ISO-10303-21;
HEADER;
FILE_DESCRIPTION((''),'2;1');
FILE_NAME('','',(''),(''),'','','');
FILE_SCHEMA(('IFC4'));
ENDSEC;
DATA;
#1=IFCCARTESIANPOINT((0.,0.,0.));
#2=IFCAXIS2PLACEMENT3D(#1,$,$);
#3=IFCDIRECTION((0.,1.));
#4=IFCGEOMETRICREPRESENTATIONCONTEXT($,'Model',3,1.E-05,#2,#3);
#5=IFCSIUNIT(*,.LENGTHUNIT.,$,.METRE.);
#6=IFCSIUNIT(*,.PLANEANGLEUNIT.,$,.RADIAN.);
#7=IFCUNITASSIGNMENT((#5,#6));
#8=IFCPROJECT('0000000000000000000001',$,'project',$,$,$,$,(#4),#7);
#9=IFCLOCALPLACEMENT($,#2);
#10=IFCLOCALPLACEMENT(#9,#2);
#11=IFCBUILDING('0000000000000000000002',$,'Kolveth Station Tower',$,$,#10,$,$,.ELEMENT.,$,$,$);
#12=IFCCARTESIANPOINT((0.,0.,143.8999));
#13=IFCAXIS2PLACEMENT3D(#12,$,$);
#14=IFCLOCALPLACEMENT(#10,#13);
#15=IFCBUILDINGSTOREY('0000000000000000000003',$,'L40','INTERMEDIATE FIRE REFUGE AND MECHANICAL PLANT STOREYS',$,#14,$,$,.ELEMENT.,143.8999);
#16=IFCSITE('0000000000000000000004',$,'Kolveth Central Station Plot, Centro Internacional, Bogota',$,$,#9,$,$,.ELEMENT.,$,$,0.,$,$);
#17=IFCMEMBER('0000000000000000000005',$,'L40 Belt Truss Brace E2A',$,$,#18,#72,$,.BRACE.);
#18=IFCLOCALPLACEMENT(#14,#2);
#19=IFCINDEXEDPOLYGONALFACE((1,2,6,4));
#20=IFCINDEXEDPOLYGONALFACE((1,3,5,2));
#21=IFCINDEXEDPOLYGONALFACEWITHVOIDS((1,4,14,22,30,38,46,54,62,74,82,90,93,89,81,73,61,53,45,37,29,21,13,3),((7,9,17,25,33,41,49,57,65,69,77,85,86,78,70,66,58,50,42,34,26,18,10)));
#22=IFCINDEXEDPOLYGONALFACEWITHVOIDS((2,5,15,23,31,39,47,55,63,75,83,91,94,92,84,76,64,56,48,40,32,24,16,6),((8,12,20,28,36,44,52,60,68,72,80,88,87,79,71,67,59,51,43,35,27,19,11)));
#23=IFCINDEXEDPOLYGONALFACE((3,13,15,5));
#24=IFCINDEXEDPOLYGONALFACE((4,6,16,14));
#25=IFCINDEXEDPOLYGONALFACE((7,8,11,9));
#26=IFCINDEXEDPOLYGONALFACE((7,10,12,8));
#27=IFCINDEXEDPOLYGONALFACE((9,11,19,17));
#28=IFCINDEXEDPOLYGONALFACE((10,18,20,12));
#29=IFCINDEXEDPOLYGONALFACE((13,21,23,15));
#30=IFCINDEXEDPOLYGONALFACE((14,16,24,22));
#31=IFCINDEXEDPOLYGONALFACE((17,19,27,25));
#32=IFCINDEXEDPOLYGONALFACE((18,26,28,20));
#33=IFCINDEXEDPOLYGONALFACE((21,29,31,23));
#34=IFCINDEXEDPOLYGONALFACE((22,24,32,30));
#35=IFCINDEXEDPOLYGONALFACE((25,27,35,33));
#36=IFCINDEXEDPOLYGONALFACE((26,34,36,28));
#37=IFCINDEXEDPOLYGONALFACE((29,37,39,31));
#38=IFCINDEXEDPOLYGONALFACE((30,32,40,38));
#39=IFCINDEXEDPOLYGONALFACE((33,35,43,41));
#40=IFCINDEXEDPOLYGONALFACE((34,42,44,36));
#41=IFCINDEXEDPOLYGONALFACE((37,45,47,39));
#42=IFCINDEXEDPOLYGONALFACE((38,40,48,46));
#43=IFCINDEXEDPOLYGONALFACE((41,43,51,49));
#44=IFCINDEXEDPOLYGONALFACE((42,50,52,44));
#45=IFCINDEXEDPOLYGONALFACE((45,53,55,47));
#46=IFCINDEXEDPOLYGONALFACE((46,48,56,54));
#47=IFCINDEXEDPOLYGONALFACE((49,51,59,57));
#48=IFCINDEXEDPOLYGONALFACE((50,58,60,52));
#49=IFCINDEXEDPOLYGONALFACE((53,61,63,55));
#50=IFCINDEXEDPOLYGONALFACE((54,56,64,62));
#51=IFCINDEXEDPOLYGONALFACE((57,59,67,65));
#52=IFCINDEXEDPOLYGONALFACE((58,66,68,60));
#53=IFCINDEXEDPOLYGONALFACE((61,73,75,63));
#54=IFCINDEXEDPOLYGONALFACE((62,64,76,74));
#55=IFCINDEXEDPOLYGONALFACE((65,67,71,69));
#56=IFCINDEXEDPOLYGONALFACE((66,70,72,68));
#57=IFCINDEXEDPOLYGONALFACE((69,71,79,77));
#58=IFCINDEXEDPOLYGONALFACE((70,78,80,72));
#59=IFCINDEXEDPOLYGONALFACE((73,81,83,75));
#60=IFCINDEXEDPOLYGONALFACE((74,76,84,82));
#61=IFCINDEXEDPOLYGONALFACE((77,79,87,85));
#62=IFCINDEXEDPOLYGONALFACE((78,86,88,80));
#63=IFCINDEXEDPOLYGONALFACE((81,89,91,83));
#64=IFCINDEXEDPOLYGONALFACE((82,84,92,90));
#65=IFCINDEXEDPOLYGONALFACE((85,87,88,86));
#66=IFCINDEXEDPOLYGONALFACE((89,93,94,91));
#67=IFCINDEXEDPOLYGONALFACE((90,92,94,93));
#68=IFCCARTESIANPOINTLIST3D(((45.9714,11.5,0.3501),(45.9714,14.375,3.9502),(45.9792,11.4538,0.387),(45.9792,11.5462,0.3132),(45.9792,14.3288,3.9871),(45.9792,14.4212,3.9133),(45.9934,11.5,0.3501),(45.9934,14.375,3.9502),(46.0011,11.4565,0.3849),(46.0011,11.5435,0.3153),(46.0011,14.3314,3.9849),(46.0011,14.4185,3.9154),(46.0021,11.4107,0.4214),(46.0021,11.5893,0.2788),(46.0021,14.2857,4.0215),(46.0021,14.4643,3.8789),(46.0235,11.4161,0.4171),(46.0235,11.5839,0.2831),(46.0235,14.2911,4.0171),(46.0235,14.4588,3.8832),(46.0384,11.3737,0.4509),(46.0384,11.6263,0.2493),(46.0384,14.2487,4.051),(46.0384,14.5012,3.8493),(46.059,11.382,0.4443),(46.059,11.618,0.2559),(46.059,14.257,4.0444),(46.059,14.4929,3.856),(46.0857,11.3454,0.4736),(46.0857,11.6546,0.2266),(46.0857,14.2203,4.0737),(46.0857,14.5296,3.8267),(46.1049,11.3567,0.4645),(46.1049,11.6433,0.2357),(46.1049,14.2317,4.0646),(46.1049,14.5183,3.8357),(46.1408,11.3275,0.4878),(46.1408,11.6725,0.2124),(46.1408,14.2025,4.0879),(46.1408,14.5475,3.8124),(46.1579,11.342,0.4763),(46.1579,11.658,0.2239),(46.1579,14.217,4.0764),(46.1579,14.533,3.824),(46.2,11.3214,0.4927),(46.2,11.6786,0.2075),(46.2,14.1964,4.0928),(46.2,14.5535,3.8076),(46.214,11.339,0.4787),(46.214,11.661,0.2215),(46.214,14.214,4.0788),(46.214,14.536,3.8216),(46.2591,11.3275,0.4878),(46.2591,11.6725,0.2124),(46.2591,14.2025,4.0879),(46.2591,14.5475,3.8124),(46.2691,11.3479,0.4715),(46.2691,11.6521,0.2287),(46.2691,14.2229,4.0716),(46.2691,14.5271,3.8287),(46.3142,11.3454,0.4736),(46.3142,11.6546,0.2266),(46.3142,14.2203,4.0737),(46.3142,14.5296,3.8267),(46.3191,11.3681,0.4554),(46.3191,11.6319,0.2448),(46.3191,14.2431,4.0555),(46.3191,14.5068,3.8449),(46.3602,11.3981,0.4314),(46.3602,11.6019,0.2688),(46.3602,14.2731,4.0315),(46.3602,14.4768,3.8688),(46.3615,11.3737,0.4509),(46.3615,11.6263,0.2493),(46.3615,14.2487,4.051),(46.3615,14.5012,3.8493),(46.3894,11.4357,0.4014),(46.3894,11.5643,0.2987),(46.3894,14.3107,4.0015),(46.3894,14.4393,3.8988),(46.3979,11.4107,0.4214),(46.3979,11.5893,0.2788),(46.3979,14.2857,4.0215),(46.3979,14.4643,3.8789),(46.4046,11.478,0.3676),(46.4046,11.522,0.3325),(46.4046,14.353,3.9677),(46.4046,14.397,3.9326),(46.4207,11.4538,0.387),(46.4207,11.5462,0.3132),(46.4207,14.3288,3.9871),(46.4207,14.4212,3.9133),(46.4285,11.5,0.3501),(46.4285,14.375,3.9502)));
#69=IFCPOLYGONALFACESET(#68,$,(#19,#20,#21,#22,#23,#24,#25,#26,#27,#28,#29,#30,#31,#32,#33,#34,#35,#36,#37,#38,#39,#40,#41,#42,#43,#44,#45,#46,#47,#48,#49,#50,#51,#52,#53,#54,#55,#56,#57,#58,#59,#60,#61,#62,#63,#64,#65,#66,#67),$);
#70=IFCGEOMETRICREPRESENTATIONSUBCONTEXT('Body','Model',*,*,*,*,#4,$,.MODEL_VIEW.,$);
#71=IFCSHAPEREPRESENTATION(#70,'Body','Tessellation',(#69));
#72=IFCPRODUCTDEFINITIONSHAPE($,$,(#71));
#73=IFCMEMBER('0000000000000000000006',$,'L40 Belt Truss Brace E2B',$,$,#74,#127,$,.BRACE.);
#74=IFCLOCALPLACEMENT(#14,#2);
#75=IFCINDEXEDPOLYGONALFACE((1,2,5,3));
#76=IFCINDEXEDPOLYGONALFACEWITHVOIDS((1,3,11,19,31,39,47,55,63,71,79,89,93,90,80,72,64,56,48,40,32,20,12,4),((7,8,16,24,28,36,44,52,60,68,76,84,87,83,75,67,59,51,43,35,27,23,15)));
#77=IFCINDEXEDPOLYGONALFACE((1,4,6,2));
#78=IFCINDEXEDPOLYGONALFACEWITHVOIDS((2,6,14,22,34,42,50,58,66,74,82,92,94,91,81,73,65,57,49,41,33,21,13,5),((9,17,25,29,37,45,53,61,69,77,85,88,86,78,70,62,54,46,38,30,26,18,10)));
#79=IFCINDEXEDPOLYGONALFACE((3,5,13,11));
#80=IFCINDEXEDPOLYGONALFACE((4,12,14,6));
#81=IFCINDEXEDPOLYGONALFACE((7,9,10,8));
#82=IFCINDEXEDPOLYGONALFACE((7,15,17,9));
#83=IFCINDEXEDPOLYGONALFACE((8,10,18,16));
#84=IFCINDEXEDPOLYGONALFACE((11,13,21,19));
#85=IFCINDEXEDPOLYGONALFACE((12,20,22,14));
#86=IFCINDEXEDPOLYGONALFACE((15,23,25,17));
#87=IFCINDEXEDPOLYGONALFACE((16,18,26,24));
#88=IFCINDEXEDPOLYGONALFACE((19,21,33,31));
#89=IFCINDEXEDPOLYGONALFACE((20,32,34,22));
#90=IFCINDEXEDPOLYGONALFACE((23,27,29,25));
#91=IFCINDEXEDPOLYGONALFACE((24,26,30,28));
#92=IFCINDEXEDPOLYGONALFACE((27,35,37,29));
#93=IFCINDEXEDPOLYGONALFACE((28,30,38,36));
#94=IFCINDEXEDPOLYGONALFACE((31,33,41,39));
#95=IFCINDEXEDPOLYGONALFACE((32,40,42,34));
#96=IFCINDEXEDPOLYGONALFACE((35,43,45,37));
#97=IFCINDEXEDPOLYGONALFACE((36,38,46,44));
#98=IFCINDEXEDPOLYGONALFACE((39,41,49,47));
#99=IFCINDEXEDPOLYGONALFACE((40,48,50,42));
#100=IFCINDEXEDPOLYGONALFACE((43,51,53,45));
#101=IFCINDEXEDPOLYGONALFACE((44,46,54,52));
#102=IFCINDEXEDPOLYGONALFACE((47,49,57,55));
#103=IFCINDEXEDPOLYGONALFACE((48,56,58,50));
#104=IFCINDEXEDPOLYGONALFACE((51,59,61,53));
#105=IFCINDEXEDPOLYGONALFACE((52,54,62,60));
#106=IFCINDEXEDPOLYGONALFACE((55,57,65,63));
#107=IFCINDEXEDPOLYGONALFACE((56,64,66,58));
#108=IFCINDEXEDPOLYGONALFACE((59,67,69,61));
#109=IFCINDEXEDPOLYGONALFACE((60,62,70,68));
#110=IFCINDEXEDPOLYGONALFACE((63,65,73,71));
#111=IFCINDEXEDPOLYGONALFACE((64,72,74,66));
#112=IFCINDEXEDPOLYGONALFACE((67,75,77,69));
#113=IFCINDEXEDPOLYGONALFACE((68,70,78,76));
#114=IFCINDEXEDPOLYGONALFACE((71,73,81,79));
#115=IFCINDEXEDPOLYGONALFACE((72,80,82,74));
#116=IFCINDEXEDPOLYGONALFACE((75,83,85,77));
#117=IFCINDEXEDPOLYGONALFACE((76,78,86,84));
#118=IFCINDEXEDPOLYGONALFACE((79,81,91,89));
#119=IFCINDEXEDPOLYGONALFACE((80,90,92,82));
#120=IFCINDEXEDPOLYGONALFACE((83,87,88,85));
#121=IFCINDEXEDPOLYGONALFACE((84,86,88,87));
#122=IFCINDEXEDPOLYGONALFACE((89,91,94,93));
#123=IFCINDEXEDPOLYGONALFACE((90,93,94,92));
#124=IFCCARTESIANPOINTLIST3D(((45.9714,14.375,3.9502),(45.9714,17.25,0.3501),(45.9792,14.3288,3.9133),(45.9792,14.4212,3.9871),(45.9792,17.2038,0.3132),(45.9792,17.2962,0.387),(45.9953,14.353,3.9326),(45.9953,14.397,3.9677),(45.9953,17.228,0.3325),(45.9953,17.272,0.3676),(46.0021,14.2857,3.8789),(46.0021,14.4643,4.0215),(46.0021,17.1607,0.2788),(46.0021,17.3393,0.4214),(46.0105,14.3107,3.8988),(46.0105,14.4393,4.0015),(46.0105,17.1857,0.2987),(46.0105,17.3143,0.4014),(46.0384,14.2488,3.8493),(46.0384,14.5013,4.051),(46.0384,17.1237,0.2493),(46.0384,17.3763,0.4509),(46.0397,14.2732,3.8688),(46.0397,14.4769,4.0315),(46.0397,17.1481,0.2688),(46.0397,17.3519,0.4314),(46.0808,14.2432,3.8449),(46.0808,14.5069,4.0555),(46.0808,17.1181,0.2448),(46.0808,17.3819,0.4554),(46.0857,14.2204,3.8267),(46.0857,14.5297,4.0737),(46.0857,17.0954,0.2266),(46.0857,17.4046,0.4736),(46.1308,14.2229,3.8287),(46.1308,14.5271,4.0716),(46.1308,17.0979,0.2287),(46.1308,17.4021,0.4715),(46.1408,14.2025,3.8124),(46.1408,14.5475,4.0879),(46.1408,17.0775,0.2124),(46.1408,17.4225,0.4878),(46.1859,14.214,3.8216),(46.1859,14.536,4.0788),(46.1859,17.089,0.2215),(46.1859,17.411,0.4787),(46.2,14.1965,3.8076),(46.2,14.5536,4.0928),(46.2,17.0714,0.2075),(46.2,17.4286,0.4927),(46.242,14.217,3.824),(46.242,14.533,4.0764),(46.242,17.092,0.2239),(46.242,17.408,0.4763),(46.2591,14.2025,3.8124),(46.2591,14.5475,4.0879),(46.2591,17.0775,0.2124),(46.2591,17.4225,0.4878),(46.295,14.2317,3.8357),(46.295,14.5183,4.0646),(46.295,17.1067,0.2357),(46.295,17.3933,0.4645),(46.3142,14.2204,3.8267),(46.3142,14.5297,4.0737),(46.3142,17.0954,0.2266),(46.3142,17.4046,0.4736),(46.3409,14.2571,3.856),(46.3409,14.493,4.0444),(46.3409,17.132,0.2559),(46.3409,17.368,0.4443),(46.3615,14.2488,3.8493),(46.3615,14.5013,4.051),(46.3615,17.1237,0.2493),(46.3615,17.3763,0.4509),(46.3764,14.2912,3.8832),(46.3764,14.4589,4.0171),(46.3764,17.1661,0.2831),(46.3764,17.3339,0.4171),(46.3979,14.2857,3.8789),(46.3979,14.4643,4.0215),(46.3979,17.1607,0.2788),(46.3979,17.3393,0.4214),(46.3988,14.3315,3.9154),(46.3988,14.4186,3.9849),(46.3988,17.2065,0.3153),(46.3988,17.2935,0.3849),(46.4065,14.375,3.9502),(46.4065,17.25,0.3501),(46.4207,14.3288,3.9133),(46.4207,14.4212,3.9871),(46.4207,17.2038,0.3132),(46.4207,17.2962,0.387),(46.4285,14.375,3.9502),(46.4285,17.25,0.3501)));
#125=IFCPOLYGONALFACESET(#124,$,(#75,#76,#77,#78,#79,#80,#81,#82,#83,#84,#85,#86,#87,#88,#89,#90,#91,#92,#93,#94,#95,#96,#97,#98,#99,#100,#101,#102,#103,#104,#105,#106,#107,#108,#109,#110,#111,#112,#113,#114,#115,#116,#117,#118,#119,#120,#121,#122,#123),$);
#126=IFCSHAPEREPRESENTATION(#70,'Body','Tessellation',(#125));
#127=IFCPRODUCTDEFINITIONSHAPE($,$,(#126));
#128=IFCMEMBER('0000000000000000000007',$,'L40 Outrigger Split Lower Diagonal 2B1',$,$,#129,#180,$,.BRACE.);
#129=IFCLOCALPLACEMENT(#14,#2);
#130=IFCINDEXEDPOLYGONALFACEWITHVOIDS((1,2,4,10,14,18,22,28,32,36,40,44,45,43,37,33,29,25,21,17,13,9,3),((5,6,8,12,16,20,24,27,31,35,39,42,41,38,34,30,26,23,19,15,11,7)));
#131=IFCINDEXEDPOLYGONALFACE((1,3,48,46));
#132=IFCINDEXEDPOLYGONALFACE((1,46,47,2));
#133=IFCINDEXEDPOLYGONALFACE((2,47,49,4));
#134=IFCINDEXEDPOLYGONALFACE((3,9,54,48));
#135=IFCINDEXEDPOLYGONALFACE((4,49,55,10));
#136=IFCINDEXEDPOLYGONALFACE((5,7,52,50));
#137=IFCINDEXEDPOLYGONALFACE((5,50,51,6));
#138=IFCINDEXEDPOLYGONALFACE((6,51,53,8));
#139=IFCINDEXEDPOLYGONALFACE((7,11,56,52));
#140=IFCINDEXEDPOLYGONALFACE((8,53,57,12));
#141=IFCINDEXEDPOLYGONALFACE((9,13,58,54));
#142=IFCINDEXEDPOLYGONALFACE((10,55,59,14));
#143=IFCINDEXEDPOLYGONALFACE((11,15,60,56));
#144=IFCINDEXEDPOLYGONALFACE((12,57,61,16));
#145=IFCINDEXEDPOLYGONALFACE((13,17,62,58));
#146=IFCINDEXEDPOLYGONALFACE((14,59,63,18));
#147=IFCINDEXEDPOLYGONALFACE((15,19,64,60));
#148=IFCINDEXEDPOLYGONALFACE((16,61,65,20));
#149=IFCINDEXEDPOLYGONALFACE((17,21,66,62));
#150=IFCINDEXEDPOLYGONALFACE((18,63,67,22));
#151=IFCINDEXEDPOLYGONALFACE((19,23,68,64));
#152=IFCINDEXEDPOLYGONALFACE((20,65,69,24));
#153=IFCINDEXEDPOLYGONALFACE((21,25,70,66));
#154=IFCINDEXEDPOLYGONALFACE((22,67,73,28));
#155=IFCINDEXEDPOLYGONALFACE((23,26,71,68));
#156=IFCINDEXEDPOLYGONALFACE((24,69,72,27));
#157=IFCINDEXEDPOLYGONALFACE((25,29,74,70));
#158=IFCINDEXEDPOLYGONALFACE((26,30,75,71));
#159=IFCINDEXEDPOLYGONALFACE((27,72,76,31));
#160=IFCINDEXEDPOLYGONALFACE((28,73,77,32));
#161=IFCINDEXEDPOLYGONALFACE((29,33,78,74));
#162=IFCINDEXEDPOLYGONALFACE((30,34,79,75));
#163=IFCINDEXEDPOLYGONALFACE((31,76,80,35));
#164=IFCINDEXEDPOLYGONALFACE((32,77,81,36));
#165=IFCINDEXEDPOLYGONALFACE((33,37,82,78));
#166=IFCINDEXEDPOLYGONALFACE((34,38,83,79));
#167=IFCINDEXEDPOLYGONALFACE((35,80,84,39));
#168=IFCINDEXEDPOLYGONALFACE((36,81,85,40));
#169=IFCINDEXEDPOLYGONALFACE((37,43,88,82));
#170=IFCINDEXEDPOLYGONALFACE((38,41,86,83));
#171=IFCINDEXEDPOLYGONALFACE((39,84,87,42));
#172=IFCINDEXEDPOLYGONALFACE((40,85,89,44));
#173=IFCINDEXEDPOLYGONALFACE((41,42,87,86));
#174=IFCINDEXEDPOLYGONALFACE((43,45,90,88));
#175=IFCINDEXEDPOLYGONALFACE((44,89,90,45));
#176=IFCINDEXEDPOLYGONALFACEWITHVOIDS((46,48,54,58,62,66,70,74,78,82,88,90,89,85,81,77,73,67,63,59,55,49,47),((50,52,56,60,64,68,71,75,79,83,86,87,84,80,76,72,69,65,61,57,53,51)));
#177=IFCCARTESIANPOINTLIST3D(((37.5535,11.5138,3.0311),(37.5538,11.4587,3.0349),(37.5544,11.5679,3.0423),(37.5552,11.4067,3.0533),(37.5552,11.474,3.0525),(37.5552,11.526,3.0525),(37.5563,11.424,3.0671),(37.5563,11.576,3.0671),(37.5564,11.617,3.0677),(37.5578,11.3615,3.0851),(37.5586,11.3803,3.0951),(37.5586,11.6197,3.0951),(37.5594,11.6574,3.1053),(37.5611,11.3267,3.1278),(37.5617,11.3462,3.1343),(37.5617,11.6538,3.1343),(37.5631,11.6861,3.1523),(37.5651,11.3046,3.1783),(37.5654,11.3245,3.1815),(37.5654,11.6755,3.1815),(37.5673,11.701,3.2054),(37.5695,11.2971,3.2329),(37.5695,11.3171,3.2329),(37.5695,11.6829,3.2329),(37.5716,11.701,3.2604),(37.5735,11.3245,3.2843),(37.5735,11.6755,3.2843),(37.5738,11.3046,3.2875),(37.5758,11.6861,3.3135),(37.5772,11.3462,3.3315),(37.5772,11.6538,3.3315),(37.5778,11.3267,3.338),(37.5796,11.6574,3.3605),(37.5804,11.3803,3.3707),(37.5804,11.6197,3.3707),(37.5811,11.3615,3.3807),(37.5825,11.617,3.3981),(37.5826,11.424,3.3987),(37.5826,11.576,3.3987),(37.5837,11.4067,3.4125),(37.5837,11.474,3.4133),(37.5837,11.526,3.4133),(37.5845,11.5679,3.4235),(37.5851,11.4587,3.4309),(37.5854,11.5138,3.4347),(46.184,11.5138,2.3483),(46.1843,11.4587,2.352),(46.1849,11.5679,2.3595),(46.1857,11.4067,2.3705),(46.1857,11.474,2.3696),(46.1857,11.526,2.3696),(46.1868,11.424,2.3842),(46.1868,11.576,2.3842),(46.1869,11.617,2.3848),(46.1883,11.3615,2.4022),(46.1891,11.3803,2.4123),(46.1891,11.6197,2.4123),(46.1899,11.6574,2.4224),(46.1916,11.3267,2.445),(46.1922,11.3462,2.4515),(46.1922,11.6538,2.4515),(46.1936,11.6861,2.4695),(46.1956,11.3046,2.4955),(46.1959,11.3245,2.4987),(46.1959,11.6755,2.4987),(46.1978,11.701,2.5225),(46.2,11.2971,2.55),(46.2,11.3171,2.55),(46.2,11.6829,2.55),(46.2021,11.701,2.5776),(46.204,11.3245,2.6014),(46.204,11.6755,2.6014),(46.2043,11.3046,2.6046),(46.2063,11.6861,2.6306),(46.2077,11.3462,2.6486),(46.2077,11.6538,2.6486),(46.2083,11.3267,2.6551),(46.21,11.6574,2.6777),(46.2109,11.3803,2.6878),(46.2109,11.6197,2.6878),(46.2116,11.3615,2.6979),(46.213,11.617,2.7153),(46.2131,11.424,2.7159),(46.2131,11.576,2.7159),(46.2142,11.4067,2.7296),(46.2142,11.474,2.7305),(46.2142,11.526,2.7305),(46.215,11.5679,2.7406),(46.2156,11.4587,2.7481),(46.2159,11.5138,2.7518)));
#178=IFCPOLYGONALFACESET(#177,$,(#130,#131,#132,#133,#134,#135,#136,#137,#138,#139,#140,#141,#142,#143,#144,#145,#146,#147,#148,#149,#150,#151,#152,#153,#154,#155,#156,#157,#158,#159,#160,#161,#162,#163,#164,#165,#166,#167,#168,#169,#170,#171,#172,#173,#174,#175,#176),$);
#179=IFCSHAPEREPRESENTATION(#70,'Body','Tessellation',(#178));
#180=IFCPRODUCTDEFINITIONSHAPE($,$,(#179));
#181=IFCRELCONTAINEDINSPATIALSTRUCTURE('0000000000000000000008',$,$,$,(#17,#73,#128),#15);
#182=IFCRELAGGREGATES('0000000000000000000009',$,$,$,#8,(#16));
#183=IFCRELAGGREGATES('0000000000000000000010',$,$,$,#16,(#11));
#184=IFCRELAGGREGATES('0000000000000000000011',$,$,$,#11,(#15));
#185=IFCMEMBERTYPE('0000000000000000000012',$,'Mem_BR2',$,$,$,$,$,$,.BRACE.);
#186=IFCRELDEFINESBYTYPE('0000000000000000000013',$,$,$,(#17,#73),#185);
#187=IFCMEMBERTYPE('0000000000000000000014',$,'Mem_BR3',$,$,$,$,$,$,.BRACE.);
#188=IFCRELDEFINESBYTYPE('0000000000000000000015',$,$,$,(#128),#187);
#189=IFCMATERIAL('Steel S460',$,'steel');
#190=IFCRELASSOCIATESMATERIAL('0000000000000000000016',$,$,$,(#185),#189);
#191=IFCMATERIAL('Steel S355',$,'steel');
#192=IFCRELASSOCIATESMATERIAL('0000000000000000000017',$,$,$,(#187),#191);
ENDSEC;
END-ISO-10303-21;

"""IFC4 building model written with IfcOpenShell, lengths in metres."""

from ifc_helpers import new_model, si_unit, direction, frame, origin, origin_2d, place, context, subcontext, project, spatial, hollow_circle, extrude, source, transform, mapped, material, material_profile, profile_set, type_object, element, save


model = new_model("IFC4")

# Units and contexts
model_context = context("Model", 3, precision=1e-05, world=origin(), true_north=direction((0.0, 1.0)))
body_context = subcontext(model_context, "Body", "Model", "MODEL_VIEW")
ifc_project = project(units=[si_unit("LENGTHUNIT", "METRE"), si_unit("PLANEANGLEUNIT", "RADIAN")], contexts=[model_context])

# Site, building, storey
site_placement = place(None, origin())
site = spatial("IfcSite", under=ifc_project, at=site_placement, Name="Kolveth Central Station Plot, Centro Internacional, Bogota", CompositionType="ELEMENT", RefElevation=0.0)
building_placement = place(site_placement, origin())
building = spatial("IfcBuilding", under=site, at=building_placement, Name="Kolveth Station Tower", CompositionType="ELEMENT")
storey_placement = place(building_placement, frame((0.0, 0.0, 143.8999)))
storey = spatial("IfcBuildingStorey", under=building, at=storey_placement, Name="L40", Description="INTERMEDIATE FIRE REFUGE AND MECHANICAL PLANT STOREYS", CompositionType="ELEMENT", Elevation=143.8999)

# Shared definitions
ifc_material_1 = material(Name="Steel S460", Category="steel")

# Shared definitions
ifc_material_2 = material(Name="Steel S355", Category="steel")

# Members
ifc_material_profile_1 = material_profile(ifc_material_1, hollow_circle(Radius=0.2285, WallThickness=0.022, at=origin_2d()), Name="CHS457x22")
ifc_profile_set_1 = profile_set([ifc_material_profile_1], Name="Steel S460")
member_type_1 = type_object("IfcMemberType", Name="Mem_BR2", PredefinedType="BRACE", material=ifc_profile_set_1)
shared_shape_1 = source(origin(), body_context, "Body", "SweptSolid", [
    extrude(hollow_circle(Radius=0.2285, WallThickness=0.022, at=origin_2d()), origin(), (0.0, 0.0, 1.0), 4.6072),
])
for number, where, z_axis, x_axis, name in (
    (1, (46.2, 11.5, 0.3501), (0.0, 0.624023, 0.781406), (-1.0, 0.0, 0.0), "L40 Belt Truss Brace E2A"),
    (2, (46.2, 17.25, 0.3501), (0.0, -0.624023, 0.781406), (1.0, 0.0, 0.0), "L40 Belt Truss Brace E2B"),
):
    element("IfcMember", number, at=place(storey_placement, frame(where, z_axis=z_axis, x_axis=x_axis)), inside=storey, type_object=member_type_1, Name=name, PredefinedType="BRACE", context=body_context, shape_type="MappedRepresentation", body=[
        mapped(shared_shape_1, transform((0.0, 0.0, 0.0), x_axis=(1.0, 0.0, 0.0), y_axis=(0.0, 1.0, 0.0), z_axis=(0.0, 0.0, 1.0), scale=1.0)),
    ])
ifc_material_profile_2 = material_profile(ifc_material_2, hollow_circle(Radius=0.2029, WallThickness=0.02, at=origin_2d()), Name="CHS406x20")
ifc_profile_set_2 = profile_set([ifc_material_profile_2], Name="Steel S355")
member_type_2 = type_object("IfcMemberType", Name="Mem_BR3", PredefinedType="BRACE", material=ifc_profile_set_2)
shared_shape_2 = source(origin(), body_context, "Body", "SweptSolid", [
    extrude(hollow_circle(Radius=0.2029, WallThickness=0.02, at=origin_2d()), origin(), (0.0, 0.0, 1.0), 8.6575),
])
for number, where, z_axis, x_axis, name in (
    (3, (46.2, 11.5, 2.55), (-0.996885, 0.0, 0.078874), (0.0, -1.0, 0.0), "L40 Outrigger Split Lower Diagonal 2B1"),
):
    element("IfcMember", number, at=place(storey_placement, frame(where, z_axis=z_axis, x_axis=x_axis)), inside=storey, type_object=member_type_2, Name=name, PredefinedType="BRACE", context=body_context, shape_type="MappedRepresentation", body=[
        mapped(shared_shape_2, transform((0.0, 0.0, 0.0), x_axis=(1.0, 0.0, 0.0), y_axis=(0.0, 1.0, 0.0), z_axis=(0.0, 0.0, 1.0), scale=1.0)),
    ])

save(model, "model.ifc")
